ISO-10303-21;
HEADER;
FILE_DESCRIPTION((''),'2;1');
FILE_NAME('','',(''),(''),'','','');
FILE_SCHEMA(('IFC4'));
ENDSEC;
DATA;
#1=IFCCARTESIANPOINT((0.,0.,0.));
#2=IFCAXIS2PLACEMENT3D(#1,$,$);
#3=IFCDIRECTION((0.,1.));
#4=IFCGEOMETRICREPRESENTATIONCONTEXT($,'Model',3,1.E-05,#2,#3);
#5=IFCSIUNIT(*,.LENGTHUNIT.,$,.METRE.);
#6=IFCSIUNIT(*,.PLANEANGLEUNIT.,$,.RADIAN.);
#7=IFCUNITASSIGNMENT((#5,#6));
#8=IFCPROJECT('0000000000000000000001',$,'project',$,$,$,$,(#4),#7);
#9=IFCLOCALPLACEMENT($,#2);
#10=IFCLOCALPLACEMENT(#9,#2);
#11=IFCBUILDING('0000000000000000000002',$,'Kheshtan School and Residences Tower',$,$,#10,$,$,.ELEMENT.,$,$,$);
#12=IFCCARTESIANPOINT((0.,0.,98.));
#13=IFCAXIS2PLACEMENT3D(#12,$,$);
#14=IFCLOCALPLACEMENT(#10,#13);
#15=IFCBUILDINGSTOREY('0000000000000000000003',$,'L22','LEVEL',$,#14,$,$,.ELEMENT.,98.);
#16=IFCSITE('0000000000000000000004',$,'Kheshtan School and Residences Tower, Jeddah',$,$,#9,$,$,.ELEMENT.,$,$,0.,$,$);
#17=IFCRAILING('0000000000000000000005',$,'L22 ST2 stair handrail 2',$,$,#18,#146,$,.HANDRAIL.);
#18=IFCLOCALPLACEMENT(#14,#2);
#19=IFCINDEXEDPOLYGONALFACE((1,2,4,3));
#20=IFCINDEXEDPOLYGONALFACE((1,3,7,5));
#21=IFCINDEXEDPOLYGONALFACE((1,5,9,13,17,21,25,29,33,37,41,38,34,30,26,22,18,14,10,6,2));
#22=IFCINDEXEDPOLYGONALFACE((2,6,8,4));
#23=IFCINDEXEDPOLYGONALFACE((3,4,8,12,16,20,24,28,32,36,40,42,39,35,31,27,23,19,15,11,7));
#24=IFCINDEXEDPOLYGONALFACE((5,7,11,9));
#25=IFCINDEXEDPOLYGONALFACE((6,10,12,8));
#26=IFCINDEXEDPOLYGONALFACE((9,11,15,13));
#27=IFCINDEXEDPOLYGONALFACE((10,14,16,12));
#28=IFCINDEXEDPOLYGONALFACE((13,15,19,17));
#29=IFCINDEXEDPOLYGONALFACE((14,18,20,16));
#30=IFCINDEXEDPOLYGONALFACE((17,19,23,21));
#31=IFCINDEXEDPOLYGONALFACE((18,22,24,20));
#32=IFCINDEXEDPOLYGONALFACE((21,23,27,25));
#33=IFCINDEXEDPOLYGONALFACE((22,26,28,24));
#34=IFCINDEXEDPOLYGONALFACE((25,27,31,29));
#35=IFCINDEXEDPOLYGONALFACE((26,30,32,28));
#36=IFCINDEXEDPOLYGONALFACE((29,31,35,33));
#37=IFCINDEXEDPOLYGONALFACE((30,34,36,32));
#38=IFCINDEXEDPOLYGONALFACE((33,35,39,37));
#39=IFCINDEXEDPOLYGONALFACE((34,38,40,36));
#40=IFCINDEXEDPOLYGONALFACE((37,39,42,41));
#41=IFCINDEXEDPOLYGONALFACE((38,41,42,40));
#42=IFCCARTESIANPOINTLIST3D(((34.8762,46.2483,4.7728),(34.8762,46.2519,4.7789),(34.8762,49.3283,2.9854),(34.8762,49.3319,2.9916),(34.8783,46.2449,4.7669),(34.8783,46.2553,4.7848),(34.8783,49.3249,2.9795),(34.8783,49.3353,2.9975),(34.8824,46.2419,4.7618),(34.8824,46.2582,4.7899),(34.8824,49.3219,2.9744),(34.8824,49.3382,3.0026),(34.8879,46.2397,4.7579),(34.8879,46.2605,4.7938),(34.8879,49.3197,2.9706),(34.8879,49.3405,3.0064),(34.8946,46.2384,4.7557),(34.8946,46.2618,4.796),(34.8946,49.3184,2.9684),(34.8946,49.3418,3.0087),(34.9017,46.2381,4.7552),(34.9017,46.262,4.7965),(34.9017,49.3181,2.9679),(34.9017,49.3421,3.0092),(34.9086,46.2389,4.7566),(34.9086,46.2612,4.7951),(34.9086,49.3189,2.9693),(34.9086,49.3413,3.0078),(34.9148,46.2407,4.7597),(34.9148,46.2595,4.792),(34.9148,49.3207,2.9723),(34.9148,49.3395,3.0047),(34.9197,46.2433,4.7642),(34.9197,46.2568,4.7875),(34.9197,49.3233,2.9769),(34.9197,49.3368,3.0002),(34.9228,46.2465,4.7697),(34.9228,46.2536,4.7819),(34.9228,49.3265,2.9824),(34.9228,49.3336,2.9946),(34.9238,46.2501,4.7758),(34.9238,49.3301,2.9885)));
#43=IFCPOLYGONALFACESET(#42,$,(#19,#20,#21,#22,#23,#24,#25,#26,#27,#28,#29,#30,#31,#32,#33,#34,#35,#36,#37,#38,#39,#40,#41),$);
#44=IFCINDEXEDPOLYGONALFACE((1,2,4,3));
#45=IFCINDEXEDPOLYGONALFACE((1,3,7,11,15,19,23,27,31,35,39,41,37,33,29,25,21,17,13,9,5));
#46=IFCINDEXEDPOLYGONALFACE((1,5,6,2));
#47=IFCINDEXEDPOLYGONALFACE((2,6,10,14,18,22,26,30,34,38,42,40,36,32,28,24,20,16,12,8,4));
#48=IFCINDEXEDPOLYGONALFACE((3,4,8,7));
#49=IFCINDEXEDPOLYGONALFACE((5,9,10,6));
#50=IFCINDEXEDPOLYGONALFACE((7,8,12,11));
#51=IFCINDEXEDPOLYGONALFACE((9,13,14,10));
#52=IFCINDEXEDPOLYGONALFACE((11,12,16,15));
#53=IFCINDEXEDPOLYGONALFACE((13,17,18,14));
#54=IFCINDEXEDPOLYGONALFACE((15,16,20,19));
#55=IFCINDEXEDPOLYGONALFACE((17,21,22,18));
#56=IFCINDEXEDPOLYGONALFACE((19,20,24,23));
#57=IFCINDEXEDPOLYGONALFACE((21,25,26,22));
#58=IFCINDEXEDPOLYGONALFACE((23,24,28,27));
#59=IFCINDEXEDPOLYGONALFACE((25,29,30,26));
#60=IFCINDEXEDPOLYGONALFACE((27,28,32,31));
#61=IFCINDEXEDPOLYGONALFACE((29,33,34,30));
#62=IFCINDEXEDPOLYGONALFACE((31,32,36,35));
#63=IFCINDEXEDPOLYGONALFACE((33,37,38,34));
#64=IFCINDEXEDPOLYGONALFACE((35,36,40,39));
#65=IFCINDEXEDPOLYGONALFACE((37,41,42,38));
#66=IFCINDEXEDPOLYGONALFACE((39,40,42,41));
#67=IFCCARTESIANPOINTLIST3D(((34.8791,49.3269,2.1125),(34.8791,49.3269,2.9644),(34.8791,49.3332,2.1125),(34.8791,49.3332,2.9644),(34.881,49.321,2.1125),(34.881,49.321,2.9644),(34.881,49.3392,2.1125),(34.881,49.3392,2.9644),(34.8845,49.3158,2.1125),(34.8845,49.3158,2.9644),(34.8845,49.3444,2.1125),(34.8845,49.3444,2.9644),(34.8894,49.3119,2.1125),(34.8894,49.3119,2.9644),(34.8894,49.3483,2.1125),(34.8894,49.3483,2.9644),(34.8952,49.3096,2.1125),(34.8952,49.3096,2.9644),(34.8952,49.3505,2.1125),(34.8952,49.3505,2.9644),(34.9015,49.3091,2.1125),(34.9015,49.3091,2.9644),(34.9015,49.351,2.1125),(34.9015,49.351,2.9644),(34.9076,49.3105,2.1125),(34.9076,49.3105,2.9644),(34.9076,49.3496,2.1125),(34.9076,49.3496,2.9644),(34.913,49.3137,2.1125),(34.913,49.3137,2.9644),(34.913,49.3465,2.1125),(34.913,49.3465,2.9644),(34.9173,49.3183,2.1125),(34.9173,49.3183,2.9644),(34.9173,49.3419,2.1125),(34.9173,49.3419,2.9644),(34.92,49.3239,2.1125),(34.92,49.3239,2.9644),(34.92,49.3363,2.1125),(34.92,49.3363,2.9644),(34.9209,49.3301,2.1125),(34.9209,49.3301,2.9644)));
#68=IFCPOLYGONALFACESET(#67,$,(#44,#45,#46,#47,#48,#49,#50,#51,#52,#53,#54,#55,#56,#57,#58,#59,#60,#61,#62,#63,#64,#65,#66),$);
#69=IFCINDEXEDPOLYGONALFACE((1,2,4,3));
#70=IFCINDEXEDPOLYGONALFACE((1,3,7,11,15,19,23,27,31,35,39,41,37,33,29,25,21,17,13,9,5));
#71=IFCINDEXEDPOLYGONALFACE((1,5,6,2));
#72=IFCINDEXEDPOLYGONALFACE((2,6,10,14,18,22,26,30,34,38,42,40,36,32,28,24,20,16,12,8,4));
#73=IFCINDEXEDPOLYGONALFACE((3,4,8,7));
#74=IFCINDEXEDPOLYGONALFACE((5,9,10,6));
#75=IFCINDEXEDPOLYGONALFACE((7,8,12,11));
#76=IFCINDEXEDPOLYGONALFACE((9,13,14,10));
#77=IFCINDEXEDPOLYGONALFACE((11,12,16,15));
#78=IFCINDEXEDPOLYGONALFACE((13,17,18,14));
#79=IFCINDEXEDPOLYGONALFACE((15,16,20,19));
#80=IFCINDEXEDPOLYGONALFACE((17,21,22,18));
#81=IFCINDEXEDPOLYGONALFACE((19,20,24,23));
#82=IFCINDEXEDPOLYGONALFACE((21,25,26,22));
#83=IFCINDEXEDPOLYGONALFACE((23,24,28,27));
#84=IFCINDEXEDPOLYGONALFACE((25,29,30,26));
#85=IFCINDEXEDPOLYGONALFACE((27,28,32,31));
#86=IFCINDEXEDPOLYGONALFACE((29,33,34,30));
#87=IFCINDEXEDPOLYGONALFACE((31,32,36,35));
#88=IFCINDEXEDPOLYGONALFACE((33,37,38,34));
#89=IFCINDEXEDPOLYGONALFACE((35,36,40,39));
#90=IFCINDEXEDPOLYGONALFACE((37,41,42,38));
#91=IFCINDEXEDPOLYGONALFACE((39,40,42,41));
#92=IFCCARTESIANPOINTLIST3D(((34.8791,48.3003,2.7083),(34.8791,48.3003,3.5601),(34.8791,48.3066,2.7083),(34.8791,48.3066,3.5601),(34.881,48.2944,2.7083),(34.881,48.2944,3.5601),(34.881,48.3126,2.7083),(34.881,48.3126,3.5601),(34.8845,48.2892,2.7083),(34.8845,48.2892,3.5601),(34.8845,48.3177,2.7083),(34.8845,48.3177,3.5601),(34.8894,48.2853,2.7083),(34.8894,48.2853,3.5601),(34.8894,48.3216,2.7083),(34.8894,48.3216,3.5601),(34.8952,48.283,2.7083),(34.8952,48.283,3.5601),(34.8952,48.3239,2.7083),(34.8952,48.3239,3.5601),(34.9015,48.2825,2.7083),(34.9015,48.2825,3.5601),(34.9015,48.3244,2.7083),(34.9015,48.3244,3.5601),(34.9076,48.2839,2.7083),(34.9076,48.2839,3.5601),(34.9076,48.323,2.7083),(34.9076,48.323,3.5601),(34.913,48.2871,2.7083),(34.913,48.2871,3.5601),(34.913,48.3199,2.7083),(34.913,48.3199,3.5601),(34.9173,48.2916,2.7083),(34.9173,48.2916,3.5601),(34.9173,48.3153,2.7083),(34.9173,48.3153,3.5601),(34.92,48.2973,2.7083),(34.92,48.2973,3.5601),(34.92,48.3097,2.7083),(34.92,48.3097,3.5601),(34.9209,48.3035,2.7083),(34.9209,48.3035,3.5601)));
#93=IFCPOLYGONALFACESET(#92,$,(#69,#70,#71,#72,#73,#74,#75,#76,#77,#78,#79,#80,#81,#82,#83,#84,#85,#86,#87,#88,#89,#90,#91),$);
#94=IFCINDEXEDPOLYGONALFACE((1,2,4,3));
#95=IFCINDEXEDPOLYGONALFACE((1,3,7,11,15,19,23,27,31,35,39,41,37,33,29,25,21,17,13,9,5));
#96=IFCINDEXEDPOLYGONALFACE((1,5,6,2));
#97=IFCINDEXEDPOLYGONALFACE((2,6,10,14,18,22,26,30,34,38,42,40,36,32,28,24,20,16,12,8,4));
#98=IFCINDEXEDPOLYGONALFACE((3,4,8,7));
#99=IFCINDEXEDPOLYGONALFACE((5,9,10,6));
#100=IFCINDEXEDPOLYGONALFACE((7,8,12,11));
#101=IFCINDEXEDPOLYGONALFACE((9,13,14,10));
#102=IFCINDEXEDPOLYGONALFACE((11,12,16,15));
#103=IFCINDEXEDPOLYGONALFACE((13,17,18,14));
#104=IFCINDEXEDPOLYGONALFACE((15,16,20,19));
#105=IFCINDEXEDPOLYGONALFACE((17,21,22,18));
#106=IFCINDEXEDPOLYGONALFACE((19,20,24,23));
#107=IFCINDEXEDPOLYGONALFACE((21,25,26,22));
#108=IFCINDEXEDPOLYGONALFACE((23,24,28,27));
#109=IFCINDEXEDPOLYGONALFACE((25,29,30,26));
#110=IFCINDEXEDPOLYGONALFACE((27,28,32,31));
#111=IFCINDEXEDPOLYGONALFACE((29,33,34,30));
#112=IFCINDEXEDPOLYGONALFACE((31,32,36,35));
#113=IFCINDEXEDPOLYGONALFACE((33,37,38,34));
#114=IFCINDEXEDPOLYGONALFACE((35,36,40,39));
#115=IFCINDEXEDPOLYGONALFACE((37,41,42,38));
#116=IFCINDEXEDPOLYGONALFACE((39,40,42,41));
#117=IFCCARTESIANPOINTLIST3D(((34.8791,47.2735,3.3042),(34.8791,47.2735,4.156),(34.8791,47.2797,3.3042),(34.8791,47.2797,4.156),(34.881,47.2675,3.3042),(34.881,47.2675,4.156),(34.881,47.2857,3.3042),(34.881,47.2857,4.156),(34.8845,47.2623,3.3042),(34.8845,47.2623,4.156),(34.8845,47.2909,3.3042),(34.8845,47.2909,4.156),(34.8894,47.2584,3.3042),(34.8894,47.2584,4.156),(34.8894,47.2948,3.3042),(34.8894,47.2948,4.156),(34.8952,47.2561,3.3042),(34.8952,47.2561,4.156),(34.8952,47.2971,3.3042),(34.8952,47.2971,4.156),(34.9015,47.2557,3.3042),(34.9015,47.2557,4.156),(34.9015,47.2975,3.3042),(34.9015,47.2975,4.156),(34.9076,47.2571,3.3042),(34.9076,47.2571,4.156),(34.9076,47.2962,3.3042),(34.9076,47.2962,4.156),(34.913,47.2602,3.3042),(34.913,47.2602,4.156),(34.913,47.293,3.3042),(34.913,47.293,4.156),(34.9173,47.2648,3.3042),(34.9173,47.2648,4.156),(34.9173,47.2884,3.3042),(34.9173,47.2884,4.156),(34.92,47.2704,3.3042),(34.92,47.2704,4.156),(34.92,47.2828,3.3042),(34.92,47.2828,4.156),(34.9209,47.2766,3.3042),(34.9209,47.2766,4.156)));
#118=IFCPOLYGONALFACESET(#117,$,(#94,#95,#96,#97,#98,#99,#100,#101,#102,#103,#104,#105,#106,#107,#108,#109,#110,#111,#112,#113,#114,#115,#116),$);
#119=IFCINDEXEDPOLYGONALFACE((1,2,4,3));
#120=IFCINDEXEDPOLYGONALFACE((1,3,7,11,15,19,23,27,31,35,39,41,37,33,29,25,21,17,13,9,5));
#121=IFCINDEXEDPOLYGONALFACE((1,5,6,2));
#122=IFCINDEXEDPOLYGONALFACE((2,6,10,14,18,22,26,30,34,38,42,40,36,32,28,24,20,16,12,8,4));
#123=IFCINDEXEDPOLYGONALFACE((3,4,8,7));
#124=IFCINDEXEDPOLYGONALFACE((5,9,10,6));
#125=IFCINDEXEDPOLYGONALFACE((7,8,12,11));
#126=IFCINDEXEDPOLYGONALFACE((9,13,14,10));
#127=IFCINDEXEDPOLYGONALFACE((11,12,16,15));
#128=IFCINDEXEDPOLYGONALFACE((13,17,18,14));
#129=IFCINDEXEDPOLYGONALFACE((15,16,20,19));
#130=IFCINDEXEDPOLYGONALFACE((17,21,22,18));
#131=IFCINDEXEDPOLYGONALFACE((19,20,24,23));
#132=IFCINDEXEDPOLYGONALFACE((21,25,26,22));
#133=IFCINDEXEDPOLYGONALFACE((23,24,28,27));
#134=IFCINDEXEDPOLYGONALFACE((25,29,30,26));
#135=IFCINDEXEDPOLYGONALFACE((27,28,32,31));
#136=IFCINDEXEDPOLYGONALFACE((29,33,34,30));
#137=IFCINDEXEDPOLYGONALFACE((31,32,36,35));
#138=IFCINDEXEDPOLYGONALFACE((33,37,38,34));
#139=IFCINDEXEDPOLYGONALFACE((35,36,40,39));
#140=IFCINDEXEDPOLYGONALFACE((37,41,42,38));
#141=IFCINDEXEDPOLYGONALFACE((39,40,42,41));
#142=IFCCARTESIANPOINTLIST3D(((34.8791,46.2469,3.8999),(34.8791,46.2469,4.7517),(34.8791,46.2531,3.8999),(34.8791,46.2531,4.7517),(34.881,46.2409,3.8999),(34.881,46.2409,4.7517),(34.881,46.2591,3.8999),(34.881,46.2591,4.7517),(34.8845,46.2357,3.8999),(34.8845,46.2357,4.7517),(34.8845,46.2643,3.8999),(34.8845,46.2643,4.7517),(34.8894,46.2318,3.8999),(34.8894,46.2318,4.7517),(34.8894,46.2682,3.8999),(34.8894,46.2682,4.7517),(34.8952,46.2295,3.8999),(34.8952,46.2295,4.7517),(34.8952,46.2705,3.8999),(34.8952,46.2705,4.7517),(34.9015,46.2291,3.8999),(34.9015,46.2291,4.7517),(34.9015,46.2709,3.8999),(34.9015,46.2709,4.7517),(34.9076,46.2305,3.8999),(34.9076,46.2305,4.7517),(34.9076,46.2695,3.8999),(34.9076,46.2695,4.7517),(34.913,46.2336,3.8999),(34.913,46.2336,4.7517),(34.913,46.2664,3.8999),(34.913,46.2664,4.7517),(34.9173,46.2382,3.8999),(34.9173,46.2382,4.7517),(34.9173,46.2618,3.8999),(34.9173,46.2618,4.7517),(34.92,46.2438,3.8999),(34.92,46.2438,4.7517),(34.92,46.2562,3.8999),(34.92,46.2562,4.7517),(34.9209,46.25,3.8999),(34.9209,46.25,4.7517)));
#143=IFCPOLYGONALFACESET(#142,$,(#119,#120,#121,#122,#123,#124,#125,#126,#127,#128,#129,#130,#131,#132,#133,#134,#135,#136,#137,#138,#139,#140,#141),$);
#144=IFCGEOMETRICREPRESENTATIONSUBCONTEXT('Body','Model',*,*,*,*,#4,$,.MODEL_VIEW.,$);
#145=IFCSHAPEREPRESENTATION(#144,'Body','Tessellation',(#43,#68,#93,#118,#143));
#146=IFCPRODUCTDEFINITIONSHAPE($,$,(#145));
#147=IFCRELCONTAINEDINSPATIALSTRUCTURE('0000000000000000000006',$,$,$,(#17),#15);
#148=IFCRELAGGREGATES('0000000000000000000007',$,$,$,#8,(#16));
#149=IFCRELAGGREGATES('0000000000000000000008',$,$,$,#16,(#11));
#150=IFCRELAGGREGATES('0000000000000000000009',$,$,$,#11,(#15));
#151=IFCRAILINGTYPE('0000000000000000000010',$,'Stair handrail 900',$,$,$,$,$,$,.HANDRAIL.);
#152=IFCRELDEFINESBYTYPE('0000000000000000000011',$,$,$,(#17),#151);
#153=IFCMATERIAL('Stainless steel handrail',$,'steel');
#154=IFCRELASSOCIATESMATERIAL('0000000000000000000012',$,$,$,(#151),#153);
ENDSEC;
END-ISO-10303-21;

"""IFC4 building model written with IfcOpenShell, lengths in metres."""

from ifc_helpers import new_model, si_unit, direction, frame, origin, origin_2d, place, context, subcontext, project, spatial, circle, extrude, material, type_object, element, save


model = new_model("IFC4")

# Units and contexts
model_context = context("Model", 3, precision=1e-05, world=origin(), true_north=direction((0.0, 1.0)))
body_context = subcontext(model_context, "Body", "Model", "MODEL_VIEW")
ifc_project = project(units=[si_unit("LENGTHUNIT", "METRE"), si_unit("PLANEANGLEUNIT", "RADIAN")], contexts=[model_context])

# Site, building, storey
site_placement = place(None, origin())
site = spatial("IfcSite", under=ifc_project, at=site_placement, Name="Kheshtan School and Residences Tower, Jeddah", CompositionType="ELEMENT", RefElevation=0.0)
building_placement = place(site_placement, origin())
building = spatial("IfcBuilding", under=site, at=building_placement, Name="Kheshtan School and Residences Tower", CompositionType="ELEMENT")
storey_placement = place(building_placement, frame((0.0, 0.0, 98.0)))
storey = spatial("IfcBuildingStorey", under=building, at=storey_placement, Name="L22", Description="LEVEL", CompositionType="ELEMENT", Elevation=98.0)

# Railing
ifc_material_1 = material(Name="Stainless steel handrail", Category="steel")
railing_type_1 = type_object("IfcRailingType", Name="Stair handrail 900", PredefinedType="HANDRAIL", material=ifc_material_1)
railing_1_placement = place(storey_placement, frame((34.8999, 49.3301, 2.1125)))
element("IfcRailing", 1, at=railing_1_placement, inside=storey, type_object=railing_type_1, Name="L22 ST2 stair handrail 2", PredefinedType="HANDRAIL", context=body_context, shape_type="SweptSolid", body=[
    extrude(circle(Radius=0.0239, at=origin_2d()), frame((0.0, 0.0, 0.876), z_axis=(0.0, -0.86492, 0.501909), x_axis=(1.0, 0.0, 0.0)), (0.0, 0.0, 1.0), 3.561),
    extrude(circle(Radius=0.021, at=origin_2d()), origin(), (0.0, 0.0, 1.0), 0.8518),
    extrude(circle(Radius=0.021, at=origin_2d()), frame((0.0, -1.0266, 0.5957)), (0.0, 0.0, 1.0), 0.8518),
    extrude(circle(Radius=0.021, at=origin_2d()), frame((0.0, -2.0535, 1.1917)), (0.0, 0.0, 1.0), 0.8518),
    extrude(circle(Radius=0.021, at=origin_2d()), frame((0.0, -3.0801, 1.7874)), (0.0, 0.0, 1.0), 0.8518),
])

save(model, "model.ifc")
